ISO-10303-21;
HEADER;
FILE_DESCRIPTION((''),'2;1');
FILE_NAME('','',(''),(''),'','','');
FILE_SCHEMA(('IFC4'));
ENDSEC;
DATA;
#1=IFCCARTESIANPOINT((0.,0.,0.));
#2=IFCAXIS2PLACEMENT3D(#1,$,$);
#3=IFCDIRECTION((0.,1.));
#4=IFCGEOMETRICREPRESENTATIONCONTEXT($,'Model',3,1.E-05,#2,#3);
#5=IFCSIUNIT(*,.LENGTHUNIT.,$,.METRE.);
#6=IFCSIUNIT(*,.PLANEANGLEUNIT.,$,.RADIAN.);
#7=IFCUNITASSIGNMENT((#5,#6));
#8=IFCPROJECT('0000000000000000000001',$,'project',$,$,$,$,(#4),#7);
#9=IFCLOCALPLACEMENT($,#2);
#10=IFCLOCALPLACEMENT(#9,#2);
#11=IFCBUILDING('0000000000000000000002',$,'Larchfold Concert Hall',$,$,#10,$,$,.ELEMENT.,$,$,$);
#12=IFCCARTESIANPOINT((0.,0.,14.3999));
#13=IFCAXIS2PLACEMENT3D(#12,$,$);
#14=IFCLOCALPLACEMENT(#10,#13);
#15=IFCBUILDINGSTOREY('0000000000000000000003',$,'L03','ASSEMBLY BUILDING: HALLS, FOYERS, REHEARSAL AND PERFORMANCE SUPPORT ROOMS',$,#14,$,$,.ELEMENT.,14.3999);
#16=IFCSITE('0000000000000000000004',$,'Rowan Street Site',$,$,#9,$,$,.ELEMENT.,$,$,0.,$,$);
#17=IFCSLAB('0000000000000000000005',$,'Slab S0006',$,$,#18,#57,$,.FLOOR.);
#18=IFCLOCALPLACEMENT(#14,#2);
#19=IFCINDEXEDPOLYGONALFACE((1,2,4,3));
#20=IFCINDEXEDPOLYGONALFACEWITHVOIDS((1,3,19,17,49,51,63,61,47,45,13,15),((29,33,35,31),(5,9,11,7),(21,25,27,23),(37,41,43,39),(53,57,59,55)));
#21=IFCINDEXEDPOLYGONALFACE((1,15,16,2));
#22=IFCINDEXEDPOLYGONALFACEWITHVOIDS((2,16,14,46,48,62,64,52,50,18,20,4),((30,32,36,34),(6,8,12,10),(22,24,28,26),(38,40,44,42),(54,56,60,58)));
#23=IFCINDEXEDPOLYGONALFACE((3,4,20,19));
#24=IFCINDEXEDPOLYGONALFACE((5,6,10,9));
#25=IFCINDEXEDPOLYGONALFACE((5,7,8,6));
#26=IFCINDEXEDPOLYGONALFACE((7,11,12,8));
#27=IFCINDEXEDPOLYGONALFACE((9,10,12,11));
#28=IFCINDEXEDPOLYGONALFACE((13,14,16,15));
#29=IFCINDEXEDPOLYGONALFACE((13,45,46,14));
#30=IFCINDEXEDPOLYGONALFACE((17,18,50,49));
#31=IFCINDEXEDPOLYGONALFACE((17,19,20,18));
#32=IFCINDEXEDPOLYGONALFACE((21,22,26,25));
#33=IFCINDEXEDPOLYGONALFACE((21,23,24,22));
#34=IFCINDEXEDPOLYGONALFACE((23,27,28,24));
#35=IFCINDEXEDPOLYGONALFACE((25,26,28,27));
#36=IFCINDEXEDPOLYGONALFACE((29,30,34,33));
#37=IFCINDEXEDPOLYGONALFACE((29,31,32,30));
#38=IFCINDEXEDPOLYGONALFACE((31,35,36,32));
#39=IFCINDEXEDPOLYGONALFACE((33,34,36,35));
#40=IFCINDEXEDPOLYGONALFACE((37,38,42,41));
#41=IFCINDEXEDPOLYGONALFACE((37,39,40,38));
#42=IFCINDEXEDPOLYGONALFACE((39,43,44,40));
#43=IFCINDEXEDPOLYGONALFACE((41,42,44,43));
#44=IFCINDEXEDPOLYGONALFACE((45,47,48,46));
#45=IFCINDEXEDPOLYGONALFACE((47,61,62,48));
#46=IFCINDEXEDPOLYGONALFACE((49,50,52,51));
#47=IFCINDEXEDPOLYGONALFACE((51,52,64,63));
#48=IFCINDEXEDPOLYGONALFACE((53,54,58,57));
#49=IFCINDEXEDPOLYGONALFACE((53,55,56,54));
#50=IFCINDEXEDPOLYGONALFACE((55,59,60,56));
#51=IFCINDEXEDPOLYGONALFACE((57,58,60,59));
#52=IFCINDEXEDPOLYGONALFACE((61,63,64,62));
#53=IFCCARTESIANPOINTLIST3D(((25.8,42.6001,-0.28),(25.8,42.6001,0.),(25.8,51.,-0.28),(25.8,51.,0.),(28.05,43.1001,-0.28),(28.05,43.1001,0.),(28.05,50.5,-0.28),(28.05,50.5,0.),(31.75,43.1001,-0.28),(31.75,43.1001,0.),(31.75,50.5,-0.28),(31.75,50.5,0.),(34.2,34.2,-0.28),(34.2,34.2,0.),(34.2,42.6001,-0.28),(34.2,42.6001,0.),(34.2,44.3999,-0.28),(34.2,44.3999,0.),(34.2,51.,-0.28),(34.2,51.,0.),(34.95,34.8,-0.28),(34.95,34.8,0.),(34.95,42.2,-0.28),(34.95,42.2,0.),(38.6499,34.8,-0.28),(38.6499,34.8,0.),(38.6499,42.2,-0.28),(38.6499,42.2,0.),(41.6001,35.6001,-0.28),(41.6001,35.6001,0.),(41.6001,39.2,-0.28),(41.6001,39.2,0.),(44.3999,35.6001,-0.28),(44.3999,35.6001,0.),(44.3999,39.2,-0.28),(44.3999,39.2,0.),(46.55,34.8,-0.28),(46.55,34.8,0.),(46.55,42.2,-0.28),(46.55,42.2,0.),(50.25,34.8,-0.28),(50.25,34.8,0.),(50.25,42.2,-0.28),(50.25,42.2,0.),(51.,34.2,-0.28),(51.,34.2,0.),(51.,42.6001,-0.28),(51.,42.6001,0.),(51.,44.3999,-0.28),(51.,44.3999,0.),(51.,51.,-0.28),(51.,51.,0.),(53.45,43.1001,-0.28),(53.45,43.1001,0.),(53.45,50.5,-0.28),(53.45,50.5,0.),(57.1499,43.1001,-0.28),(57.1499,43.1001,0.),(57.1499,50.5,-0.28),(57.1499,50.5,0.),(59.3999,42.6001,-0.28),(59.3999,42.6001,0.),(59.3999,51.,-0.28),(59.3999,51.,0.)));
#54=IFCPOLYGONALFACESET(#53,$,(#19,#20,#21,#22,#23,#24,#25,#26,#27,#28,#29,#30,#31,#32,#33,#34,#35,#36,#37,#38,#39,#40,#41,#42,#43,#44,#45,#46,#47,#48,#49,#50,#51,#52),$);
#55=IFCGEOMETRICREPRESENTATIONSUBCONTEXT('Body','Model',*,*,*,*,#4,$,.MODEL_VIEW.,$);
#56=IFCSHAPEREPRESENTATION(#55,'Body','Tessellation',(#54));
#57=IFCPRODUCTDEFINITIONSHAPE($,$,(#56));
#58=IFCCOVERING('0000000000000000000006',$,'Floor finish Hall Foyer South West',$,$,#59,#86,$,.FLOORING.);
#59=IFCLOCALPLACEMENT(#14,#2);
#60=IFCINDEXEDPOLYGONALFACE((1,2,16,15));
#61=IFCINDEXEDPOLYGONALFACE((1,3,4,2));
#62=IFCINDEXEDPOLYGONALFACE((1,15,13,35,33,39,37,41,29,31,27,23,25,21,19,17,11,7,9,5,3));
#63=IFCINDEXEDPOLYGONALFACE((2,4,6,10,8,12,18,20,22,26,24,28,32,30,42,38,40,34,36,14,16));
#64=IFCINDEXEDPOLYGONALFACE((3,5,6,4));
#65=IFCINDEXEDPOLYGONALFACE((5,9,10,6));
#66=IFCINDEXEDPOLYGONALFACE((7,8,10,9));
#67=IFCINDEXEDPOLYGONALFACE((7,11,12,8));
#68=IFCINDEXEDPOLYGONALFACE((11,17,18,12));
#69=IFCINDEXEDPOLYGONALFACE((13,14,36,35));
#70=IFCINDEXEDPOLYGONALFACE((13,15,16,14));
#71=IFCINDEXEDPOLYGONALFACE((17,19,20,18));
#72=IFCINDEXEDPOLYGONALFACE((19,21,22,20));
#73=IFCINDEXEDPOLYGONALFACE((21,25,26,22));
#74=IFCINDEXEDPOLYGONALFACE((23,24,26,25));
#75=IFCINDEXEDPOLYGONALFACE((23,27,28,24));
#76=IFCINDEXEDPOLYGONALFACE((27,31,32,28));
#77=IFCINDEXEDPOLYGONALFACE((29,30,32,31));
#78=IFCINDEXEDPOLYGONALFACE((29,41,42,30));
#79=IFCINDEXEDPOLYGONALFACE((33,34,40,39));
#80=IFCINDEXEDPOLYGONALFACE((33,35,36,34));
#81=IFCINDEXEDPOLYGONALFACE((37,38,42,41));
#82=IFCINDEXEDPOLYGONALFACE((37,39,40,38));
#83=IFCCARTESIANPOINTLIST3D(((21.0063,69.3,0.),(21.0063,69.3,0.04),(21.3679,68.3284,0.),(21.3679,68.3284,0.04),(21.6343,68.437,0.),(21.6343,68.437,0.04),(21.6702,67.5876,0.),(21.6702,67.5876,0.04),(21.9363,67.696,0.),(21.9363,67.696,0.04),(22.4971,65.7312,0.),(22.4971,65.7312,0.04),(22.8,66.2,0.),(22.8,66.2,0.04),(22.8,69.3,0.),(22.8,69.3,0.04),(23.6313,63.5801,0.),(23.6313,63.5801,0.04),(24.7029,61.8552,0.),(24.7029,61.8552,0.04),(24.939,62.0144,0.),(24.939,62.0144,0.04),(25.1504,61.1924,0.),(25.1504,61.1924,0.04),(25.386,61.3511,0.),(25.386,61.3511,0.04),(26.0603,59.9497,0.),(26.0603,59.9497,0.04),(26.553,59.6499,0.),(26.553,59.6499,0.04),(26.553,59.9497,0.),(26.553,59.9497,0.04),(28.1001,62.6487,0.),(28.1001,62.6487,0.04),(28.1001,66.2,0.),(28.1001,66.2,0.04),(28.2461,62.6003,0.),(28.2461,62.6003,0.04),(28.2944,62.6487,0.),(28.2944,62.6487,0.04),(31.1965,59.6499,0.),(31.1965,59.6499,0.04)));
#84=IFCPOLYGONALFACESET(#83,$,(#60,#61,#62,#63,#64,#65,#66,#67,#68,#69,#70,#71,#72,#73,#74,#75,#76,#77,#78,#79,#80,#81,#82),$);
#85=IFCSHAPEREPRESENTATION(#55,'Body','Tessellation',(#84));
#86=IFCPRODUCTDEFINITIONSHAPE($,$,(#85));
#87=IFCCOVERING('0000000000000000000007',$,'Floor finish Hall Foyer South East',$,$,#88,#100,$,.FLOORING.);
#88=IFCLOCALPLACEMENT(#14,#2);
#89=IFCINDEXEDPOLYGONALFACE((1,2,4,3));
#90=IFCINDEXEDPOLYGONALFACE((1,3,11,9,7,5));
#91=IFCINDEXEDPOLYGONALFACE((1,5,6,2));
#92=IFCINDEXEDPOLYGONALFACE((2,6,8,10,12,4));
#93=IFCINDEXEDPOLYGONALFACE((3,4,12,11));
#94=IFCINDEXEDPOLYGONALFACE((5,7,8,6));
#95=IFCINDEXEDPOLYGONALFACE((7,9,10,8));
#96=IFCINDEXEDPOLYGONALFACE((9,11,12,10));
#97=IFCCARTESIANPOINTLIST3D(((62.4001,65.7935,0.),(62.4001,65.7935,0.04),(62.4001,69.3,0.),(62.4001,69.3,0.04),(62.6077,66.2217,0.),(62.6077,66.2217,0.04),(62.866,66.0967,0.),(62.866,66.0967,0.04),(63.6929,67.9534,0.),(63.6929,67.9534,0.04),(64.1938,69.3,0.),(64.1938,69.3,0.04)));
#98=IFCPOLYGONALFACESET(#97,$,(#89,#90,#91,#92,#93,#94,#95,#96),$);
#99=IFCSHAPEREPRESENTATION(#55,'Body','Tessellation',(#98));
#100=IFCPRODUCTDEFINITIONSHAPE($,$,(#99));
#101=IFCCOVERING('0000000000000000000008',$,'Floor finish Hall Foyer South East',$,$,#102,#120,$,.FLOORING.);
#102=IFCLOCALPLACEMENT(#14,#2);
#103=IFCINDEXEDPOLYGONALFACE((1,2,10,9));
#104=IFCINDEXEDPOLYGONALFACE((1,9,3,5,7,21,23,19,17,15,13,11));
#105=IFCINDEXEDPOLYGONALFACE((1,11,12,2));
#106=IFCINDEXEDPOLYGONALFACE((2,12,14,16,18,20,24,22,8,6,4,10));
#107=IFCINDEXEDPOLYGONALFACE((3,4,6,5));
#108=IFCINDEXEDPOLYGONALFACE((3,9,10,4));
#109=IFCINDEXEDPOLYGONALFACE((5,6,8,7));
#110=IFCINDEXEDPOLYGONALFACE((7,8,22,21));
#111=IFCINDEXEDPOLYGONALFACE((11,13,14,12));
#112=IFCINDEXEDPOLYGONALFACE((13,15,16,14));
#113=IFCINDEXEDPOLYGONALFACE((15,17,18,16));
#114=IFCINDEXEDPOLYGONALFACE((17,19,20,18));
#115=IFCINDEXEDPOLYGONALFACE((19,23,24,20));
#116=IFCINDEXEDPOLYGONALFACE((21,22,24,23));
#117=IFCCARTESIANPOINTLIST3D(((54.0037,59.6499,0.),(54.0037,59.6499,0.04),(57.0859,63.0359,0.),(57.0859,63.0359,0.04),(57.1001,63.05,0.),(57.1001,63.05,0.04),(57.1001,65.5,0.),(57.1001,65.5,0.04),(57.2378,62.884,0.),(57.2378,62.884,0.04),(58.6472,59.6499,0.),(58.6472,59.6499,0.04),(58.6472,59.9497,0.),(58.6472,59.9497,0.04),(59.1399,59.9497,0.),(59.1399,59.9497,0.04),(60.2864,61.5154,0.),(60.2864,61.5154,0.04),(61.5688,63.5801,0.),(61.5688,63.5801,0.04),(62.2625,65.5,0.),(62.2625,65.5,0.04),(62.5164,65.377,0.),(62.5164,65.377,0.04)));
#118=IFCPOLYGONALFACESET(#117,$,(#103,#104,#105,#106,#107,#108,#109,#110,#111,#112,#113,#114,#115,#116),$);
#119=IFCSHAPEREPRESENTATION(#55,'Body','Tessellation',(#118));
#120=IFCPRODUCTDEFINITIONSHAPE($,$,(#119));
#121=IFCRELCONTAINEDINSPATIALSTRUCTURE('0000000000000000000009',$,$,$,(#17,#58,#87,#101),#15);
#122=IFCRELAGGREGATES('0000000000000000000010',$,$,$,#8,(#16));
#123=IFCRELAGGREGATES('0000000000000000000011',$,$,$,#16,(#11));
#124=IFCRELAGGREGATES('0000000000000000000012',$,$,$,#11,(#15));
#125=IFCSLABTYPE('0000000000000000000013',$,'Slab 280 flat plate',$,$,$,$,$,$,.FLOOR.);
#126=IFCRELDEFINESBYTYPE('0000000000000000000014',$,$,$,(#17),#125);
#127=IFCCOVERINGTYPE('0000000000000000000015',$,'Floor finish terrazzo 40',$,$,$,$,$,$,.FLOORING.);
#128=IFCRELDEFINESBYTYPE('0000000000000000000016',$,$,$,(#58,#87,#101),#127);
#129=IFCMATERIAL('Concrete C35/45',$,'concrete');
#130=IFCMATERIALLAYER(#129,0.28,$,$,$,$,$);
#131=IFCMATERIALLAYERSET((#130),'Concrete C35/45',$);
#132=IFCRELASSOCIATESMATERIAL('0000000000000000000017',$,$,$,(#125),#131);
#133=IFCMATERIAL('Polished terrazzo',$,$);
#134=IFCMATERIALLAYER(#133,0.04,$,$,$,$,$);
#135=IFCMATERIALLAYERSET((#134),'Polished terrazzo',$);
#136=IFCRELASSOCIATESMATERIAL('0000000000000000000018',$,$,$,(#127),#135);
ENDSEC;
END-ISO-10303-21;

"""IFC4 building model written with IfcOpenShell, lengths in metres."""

from ifc_helpers import new_model, si_unit, direction, frame, origin, place, context, subcontext, project, spatial, polyline, outline, extrude, material, layer, layer_set, type_object, element, save


model = new_model("IFC4")

# Units and contexts
model_context = context("Model", 3, precision=1e-05, world=origin(), true_north=direction((0.0, 1.0)))
body_context = subcontext(model_context, "Body", "Model", "MODEL_VIEW")
ifc_project = project(units=[si_unit("LENGTHUNIT", "METRE"), si_unit("PLANEANGLEUNIT", "RADIAN")], contexts=[model_context])

# Site, building, storey
site_placement = place(None, origin())
site = spatial("IfcSite", under=ifc_project, at=site_placement, Name="Rowan Street Site", CompositionType="ELEMENT", RefElevation=0.0)
building_placement = place(site_placement, origin())
building = spatial("IfcBuilding", under=site, at=building_placement, Name="Larchfold Concert Hall", CompositionType="ELEMENT")
storey_placement = place(building_placement, frame((0.0, 0.0, 14.3999)))
storey = spatial("IfcBuildingStorey", under=building, at=storey_placement, Name="L03", Description="ASSEMBLY BUILDING: HALLS, FOYERS, REHEARSAL AND PERFORMANCE SUPPORT ROOMS", CompositionType="ELEMENT", Elevation=14.3999)

# Slab
ifc_material_1 = material(Name="Concrete C35/45", Category="concrete")
ifc_layer_1 = layer(ifc_material_1, 0.28)
ifc_layer_set_1 = layer_set([ifc_layer_1], Name="Concrete C35/45")
slab_type_1 = type_object("IfcSlabType", Name="Slab 280 flat plate", PredefinedType="FLOOR", material=ifc_layer_set_1)
slab_1_placement = place(storey_placement, frame((0.0, 0.0, -0.28)))
element("IfcSlab", 1, at=slab_1_placement, inside=storey, type_object=slab_type_1, Name="Slab S0006", PredefinedType="FLOOR", context=body_context, shape_type="SweptSolid", body=[
    extrude(outline(polyline([(59.3999, 51.0), (51.0, 51.0), (51.0, 44.3999), (34.2, 44.3999), (34.2, 59.3999), (34.2, 51.0), (25.8, 51.0), (25.8, 42.6001), (34.2, 42.6001), (34.2, 34.2), (51.0, 34.2), (51.0, 42.6001), (59.3999, 42.6001), (59.3999, 51.0)]), holes=[polyline([(41.6001, 35.6001), (41.6001, 39.2), (44.3999, 39.2), (44.3999, 35.6001), (41.6001, 35.6001)]), polyline([(34.95, 42.2), (38.6499, 42.2), (38.6499, 34.8), (34.95, 34.8), (34.95, 42.2)]), polyline([(46.55, 42.2), (50.25, 42.2), (50.25, 34.8), (46.55, 34.8), (46.55, 42.2)]), polyline([(28.05, 50.5), (31.75, 50.5), (31.75, 43.1001), (28.05, 43.1001), (28.05, 50.5)]), polyline([(53.45, 50.5), (57.1499, 50.5), (57.1499, 43.1001), (53.45, 43.1001), (53.45, 50.5)])]), origin(), (0.0, 0.0, 1.0), 0.28),
])

# Coverings
ifc_material_2 = material(Name="Polished terrazzo")
ifc_layer_2 = layer(ifc_material_2, 0.04)
ifc_layer_set_2 = layer_set([ifc_layer_2], Name="Polished terrazzo")
covering_type_1 = type_object("IfcCoveringType", Name="Floor finish terrazzo 40", PredefinedType="FLOORING", material=ifc_layer_set_2)
covering_1_placement = place(storey_placement, origin())
element("IfcCovering", 2, at=covering_1_placement, inside=storey, type_object=covering_type_1, Name="Floor finish Hall Foyer South West", PredefinedType="FLOORING", context=body_context, shape_type="SweptSolid", body=[
    extrude(outline(polyline([(28.1001, 66.2), (22.8, 66.2), (22.8, 69.3), (21.0063, 69.3), (21.3679, 68.3284), (21.6343, 68.437), (21.9363, 67.696), (21.6702, 67.5876), (22.4971, 65.7312), (23.6313, 63.5801), (24.7029, 61.8552), (24.939, 62.0144), (25.386, 61.3511), (25.1504, 61.1924), (26.0603, 59.9497), (26.553, 59.9497), (26.553, 59.6499), (31.1965, 59.6499), (28.2461, 62.6003), (28.2944, 62.6487), (28.1001, 62.6487), (28.1001, 66.2)])), origin(), (0.0, 0.0, 1.0), 0.04),
])
covering_2_placement = place(storey_placement, origin())
element("IfcCovering", 3, at=covering_2_placement, inside=storey, type_object=covering_type_1, Name="Floor finish Hall Foyer South East", PredefinedType="FLOORING", context=body_context, shape_type="SweptSolid", body=[
    extrude(outline(polyline([(62.866, 66.0967), (63.6929, 67.9534), (64.1938, 69.3), (62.4001, 69.3), (62.4001, 65.7935), (62.6077, 66.2217), (62.866, 66.0967)])), origin(), (0.0, 0.0, 1.0), 0.04),
])
covering_3_placement = place(storey_placement, origin())
element("IfcCovering", 4, at=covering_3_placement, inside=storey, type_object=covering_type_1, Name="Floor finish Hall Foyer South East", PredefinedType="FLOORING", context=body_context, shape_type="SweptSolid", body=[
    extrude(outline(polyline([(61.5688, 63.5801), (62.5164, 65.377), (62.2625, 65.5), (57.1001, 65.5), (57.1001, 63.05), (57.0859, 63.0359), (57.2378, 62.884), (54.0037, 59.6499), (58.6472, 59.6499), (58.6472, 59.9497), (59.1399, 59.9497), (60.2864, 61.5154), (61.5688, 63.5801)])), origin(), (0.0, 0.0, 1.0), 0.04),
])

save(model, "model.ifc")
